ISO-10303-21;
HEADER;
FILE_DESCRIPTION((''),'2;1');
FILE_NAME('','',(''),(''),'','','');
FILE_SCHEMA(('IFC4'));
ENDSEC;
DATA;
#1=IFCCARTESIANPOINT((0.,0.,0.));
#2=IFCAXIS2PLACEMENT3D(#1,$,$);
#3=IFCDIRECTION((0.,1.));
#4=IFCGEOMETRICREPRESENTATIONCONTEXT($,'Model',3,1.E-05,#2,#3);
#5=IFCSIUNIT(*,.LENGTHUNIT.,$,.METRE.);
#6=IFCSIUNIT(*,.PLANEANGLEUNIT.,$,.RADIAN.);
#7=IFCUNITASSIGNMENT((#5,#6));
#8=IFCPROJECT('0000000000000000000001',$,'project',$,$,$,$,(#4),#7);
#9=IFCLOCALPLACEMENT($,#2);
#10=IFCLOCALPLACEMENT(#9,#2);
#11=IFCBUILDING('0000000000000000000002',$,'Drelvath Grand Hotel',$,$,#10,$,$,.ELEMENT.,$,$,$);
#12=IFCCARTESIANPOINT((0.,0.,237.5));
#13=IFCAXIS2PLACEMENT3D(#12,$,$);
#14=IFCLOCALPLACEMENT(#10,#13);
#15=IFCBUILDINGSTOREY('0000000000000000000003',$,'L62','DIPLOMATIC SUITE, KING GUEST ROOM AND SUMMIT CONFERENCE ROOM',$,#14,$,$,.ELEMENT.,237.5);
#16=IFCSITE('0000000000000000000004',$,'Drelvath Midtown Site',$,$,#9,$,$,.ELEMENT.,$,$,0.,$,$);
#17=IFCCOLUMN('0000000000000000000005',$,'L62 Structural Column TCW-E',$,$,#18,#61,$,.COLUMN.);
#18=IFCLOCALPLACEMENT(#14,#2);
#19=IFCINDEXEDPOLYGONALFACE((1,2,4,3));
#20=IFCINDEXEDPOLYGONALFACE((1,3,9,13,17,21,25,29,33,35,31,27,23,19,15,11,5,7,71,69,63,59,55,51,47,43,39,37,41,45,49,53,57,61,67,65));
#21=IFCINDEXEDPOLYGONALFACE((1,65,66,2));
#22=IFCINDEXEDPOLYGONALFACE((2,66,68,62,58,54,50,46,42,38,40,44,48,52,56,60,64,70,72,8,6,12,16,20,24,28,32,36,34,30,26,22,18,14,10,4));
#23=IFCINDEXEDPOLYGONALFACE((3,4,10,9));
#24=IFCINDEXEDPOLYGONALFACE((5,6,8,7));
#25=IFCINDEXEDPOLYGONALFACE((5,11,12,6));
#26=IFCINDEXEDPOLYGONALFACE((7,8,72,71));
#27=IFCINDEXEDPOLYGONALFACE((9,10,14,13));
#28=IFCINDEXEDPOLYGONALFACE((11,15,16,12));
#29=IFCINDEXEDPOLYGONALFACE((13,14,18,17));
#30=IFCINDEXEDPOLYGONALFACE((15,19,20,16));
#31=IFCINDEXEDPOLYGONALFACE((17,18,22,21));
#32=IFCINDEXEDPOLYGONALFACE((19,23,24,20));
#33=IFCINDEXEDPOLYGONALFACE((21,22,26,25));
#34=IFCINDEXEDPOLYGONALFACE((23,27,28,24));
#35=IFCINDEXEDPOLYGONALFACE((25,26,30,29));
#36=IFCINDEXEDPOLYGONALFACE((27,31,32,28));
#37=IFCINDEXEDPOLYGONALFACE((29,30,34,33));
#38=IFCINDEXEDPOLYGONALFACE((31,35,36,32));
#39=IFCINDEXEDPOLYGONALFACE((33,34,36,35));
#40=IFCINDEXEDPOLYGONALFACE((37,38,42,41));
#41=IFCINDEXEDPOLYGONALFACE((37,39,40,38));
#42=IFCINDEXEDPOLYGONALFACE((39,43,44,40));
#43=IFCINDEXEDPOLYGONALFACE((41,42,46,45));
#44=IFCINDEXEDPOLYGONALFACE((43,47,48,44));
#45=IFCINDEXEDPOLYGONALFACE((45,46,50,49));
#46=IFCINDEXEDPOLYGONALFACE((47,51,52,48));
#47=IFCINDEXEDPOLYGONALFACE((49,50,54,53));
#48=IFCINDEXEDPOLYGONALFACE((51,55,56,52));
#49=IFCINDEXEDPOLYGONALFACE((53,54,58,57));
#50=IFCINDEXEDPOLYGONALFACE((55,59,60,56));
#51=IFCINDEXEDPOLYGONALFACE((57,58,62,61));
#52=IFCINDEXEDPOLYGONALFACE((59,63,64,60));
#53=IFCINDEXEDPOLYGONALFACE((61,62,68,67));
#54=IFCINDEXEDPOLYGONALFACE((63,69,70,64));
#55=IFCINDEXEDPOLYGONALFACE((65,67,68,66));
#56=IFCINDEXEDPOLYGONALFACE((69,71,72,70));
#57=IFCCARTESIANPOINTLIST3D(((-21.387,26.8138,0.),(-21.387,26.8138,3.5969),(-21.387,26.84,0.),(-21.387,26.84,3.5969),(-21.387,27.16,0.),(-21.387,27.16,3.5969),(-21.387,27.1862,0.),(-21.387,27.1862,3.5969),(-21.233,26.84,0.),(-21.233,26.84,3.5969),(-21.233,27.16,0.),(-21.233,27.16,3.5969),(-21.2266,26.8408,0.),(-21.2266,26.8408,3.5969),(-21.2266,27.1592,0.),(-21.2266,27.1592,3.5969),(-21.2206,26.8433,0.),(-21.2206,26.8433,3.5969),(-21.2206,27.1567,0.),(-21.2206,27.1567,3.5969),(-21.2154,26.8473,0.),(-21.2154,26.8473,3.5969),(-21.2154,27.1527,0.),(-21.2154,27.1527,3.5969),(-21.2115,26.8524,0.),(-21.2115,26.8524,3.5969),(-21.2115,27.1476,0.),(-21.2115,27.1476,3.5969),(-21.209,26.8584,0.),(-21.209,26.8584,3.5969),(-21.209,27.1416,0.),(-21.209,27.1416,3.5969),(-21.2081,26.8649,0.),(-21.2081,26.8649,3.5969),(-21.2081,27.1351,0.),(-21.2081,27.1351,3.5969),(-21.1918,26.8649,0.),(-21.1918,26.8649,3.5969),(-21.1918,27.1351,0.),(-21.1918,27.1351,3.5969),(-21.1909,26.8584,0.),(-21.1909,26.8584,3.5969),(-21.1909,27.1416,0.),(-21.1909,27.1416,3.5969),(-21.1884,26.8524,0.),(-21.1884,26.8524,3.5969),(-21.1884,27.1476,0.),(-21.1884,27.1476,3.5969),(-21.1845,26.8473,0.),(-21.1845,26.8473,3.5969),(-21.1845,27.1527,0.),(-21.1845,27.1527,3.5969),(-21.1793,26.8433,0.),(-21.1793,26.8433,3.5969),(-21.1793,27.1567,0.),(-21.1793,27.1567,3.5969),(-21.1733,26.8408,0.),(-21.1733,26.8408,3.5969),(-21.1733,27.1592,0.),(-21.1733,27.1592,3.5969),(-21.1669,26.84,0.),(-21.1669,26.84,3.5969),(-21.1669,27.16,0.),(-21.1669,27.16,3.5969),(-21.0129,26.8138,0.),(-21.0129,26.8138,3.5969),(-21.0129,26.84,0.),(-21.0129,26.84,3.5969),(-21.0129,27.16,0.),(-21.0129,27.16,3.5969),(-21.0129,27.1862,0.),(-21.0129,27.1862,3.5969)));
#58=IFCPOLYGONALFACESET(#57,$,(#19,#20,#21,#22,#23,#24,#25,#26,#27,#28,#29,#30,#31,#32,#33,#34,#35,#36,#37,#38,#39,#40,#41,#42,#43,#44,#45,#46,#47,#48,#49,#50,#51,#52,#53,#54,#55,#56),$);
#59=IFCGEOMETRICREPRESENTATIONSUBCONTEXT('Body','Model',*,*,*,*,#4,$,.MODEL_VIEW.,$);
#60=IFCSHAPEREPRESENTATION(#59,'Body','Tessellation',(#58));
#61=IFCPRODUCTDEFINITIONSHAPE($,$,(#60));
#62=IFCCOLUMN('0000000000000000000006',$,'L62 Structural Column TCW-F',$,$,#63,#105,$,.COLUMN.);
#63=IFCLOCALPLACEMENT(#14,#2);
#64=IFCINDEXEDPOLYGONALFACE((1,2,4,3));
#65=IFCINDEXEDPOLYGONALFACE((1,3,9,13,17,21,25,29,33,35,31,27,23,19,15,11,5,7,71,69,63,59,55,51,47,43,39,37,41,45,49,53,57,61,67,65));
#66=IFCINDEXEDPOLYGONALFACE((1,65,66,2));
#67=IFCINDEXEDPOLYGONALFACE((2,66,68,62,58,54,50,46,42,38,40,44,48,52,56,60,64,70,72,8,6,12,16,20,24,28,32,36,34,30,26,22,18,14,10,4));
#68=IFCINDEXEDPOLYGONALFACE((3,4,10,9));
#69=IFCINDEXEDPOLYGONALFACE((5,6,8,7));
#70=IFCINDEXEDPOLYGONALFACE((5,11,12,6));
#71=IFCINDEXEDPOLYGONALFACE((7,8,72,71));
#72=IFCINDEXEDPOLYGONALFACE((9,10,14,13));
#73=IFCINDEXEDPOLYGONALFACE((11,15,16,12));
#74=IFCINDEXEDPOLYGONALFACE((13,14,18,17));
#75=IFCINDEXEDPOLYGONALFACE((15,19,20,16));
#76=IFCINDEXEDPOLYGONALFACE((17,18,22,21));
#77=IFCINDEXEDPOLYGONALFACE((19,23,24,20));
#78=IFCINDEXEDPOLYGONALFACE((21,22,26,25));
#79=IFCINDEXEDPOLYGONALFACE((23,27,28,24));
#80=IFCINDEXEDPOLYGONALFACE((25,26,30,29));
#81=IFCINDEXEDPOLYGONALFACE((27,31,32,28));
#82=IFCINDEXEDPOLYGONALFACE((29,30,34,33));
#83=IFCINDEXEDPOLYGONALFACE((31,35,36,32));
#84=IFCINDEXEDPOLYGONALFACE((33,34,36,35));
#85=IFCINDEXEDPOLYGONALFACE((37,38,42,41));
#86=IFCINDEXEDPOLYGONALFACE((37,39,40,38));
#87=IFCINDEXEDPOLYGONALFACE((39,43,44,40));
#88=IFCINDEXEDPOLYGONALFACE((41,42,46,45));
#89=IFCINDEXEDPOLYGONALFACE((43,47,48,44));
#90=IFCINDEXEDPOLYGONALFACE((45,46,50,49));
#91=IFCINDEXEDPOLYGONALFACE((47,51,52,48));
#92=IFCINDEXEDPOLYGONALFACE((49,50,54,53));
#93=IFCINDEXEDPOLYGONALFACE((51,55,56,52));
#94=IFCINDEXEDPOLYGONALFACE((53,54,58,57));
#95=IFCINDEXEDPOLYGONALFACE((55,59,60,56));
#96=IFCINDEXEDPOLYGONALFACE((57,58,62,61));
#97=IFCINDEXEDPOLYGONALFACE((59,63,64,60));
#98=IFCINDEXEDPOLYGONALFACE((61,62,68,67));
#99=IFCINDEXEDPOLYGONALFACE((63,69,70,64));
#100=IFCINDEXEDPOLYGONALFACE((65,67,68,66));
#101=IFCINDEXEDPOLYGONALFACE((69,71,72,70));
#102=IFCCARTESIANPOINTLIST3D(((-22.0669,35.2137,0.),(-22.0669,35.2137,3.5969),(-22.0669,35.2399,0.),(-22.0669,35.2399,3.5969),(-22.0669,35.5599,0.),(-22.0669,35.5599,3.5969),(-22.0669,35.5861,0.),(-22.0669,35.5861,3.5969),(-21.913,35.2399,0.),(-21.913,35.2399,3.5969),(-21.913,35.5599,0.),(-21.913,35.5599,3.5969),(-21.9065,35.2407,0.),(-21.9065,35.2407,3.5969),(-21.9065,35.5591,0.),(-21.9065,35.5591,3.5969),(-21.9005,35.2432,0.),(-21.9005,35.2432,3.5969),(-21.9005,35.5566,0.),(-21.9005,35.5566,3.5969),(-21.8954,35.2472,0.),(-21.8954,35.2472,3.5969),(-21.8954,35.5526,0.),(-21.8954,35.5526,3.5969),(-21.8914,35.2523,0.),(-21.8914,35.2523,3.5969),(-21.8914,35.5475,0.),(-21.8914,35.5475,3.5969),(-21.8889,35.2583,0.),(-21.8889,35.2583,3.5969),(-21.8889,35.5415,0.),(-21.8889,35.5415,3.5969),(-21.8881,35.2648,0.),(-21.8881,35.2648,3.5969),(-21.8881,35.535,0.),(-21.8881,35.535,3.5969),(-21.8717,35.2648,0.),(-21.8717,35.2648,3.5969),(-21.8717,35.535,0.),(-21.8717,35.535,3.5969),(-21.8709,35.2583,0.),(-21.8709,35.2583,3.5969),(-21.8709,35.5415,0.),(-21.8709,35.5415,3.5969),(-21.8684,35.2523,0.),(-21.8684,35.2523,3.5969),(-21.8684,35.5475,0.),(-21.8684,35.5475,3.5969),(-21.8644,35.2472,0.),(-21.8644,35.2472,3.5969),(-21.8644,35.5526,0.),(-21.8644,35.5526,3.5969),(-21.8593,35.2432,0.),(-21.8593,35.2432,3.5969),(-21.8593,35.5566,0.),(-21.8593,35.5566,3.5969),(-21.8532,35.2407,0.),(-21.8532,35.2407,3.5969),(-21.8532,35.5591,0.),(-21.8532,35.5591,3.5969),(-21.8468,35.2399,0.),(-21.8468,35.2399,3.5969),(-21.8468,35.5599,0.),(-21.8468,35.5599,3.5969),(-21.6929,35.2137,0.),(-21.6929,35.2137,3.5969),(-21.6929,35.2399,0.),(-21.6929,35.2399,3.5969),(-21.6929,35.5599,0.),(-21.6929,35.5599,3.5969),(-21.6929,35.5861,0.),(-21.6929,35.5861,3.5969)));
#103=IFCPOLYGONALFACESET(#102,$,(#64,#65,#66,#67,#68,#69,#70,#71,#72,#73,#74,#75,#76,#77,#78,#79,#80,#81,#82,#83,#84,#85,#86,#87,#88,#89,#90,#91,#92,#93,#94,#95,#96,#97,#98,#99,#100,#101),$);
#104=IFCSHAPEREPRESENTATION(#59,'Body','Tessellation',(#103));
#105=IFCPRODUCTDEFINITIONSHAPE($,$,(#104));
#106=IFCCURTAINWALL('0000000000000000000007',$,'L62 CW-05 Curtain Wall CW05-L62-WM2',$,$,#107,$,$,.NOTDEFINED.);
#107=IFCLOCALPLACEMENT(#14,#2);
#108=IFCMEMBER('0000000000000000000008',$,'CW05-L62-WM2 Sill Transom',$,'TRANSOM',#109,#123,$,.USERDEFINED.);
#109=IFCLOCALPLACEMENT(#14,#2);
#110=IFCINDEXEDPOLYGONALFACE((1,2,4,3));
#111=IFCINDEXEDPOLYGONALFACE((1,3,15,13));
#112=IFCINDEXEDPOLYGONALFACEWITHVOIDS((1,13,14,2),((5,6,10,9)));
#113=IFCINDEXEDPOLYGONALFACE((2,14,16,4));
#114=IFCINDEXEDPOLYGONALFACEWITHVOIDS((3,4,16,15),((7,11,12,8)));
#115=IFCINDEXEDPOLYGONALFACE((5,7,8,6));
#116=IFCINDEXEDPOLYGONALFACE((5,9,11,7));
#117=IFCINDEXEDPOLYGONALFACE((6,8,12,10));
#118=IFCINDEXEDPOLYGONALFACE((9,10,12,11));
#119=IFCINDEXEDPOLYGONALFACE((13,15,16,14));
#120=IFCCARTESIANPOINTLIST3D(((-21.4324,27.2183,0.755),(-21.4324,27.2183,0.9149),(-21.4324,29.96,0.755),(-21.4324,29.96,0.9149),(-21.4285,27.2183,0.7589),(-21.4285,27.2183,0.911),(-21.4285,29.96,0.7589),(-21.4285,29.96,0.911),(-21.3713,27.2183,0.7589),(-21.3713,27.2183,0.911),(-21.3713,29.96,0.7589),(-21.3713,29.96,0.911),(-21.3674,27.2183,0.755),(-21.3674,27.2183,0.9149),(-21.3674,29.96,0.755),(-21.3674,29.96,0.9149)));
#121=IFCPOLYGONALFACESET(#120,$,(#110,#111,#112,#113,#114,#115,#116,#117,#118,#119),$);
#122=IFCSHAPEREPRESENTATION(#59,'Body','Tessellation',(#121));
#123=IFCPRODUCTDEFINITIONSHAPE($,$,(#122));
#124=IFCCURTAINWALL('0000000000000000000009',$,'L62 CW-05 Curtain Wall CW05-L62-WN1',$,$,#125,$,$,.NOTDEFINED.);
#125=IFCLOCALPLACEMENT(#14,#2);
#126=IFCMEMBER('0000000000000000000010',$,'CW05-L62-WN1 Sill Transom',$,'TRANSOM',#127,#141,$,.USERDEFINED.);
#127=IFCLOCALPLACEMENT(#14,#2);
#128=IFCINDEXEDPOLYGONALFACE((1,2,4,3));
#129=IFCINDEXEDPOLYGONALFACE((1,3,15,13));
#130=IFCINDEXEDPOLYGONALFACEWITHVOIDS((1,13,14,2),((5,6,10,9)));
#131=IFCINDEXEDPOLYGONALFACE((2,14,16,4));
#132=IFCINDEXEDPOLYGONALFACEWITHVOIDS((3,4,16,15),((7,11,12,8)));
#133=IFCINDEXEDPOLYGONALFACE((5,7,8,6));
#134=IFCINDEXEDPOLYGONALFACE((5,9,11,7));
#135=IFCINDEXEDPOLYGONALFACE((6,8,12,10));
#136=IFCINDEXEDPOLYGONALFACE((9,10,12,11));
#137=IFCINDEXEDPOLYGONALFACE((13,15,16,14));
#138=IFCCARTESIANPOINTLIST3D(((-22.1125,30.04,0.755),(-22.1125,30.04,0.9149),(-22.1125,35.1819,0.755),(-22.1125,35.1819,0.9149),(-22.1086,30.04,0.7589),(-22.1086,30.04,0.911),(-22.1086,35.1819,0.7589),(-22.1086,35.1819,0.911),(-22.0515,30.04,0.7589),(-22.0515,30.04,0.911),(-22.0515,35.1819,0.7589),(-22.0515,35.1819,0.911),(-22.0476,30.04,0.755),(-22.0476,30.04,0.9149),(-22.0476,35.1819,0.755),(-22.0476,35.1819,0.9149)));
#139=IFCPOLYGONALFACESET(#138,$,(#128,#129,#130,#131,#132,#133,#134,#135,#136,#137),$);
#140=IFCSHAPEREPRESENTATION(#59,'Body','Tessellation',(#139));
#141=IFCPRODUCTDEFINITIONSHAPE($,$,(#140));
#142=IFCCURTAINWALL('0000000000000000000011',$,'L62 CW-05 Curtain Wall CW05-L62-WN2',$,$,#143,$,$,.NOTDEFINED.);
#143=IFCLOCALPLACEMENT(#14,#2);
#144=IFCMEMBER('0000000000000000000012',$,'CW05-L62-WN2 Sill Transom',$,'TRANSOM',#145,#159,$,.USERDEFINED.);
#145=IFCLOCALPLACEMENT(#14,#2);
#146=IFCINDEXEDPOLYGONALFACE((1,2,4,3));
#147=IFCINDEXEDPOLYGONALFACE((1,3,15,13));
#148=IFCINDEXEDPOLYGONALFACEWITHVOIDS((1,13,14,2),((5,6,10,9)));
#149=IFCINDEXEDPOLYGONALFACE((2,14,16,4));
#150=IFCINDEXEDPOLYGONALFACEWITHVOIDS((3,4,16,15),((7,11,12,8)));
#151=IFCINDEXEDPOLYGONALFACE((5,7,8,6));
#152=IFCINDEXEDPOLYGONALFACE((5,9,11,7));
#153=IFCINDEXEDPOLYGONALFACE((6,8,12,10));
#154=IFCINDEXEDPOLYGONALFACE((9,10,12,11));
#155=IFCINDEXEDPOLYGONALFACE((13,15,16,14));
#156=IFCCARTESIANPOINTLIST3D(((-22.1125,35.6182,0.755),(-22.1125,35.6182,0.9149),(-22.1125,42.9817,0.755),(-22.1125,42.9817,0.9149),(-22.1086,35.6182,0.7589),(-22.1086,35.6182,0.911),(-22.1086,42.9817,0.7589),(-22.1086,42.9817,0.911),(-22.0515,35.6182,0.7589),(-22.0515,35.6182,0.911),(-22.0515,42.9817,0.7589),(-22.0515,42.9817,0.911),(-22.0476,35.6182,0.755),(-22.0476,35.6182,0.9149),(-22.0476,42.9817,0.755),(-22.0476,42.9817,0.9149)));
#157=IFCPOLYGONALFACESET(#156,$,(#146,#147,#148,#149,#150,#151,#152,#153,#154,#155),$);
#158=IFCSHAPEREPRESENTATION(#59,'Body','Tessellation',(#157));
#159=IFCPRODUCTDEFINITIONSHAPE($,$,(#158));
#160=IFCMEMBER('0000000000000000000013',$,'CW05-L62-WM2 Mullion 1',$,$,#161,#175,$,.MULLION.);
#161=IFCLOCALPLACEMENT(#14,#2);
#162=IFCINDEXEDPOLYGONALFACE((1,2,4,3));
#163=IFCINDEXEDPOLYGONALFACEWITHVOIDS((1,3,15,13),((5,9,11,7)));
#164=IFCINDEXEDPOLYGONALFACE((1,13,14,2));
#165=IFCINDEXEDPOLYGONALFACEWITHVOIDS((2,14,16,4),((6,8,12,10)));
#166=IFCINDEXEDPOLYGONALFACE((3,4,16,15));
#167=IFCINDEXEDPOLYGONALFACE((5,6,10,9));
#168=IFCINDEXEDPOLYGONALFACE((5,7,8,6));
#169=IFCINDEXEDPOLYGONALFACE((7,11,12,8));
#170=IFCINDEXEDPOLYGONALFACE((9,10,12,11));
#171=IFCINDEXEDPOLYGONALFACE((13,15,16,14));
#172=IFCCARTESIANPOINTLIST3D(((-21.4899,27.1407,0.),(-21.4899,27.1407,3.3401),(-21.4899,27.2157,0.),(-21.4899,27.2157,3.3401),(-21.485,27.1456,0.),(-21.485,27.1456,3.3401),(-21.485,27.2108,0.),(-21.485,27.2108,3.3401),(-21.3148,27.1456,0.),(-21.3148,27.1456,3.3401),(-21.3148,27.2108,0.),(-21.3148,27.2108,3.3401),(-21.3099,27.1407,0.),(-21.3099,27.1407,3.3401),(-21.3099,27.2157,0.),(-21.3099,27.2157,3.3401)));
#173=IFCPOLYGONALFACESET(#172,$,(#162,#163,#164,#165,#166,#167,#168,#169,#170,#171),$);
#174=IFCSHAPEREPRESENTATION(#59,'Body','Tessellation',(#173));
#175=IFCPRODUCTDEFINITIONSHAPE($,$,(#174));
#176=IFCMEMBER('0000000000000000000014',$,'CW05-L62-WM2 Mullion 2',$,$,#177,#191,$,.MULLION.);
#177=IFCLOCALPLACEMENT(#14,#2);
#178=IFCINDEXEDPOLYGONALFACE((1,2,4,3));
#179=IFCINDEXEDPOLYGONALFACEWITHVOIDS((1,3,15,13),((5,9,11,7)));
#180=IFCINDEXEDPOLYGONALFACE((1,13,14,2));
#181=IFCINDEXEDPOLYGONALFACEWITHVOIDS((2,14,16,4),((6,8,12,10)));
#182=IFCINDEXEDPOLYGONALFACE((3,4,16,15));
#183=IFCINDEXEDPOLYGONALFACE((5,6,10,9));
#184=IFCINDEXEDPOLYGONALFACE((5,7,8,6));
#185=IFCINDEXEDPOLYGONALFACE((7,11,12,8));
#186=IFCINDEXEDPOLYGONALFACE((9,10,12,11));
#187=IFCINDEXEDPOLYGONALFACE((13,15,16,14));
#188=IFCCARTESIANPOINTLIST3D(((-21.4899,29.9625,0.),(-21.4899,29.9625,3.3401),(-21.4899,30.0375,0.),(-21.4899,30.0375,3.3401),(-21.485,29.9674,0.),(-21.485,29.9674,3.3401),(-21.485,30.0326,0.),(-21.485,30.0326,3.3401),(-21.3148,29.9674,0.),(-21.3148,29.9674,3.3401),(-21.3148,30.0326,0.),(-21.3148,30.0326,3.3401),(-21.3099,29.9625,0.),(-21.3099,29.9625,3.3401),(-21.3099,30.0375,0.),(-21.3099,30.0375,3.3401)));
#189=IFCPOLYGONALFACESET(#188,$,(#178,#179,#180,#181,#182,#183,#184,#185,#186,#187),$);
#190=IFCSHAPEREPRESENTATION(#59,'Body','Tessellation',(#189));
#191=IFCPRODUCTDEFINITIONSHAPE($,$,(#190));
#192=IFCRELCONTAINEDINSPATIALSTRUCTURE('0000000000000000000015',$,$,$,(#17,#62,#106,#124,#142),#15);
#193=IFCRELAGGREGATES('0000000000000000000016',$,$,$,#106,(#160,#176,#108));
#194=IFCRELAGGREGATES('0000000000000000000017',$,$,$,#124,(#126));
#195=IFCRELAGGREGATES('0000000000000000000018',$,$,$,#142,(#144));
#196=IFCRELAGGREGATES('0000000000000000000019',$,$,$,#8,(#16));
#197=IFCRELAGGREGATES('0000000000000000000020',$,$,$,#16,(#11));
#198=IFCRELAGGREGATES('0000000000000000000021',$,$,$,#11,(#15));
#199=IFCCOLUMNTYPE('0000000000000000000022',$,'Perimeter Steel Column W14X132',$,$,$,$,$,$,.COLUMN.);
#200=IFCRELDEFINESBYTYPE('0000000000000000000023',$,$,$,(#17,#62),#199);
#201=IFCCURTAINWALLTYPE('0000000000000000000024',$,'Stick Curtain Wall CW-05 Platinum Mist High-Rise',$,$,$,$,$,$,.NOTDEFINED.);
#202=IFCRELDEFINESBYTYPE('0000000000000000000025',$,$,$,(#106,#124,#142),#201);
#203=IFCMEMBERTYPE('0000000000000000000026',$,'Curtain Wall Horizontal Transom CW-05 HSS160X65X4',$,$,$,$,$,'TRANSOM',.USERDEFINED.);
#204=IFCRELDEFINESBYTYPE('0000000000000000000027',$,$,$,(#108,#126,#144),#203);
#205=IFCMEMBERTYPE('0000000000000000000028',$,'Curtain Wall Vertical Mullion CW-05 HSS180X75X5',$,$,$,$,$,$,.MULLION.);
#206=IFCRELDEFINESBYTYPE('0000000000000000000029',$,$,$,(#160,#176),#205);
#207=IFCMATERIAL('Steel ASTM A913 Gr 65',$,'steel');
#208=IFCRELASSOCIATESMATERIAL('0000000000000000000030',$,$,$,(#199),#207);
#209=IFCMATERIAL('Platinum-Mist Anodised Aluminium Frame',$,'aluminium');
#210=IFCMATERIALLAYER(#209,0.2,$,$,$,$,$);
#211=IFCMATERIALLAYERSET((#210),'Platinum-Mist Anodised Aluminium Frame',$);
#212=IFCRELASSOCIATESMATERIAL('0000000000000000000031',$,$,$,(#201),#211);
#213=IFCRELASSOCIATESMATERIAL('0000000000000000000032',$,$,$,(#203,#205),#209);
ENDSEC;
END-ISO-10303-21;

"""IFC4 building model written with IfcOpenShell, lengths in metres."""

from ifc_helpers import new_model, si_unit, direction, frame, origin, origin_2d, place, context, subcontext, project, spatial, hollow_rectangle, i_section, extrude, material, layer, layer_set, material_profile, profile_set, type_object, element, aggregate, save


model = new_model("IFC4")

# Units and contexts
model_context = context("Model", 3, precision=1e-05, world=origin(), true_north=direction((0.0, 1.0)))
body_context = subcontext(model_context, "Body", "Model", "MODEL_VIEW")
ifc_project = project(units=[si_unit("LENGTHUNIT", "METRE"), si_unit("PLANEANGLEUNIT", "RADIAN")], contexts=[model_context])

# Site, building, storey
site_placement = place(None, origin())
site = spatial("IfcSite", under=ifc_project, at=site_placement, Name="Drelvath Midtown Site", CompositionType="ELEMENT", RefElevation=0.0)
building_placement = place(site_placement, origin())
building = spatial("IfcBuilding", under=site, at=building_placement, Name="Drelvath Grand Hotel", CompositionType="ELEMENT")
storey_placement = place(building_placement, frame((0.0, 0.0, 237.5)))
storey = spatial("IfcBuildingStorey", under=building, at=storey_placement, Name="L62", Description="DIPLOMATIC SUITE, KING GUEST ROOM AND SUMMIT CONFERENCE ROOM", CompositionType="ELEMENT", Elevation=237.5)

# Columns
ifc_material_1 = material(Name="Steel ASTM A913 Gr 65", Category="steel")
ifc_material_profile_1 = material_profile(ifc_material_1, i_section(OverallWidth=0.374, OverallDepth=0.3723, WebThickness=0.0164, FlangeThickness=0.0261, FilletRadius=0.0249, at=origin_2d()), Name="W14X132")
ifc_profile_set_1 = profile_set([ifc_material_profile_1], Name="Steel ASTM A913 Gr 65")
column_type = type_object("IfcColumnType", Name="Perimeter Steel Column W14X132", PredefinedType="COLUMN", material=ifc_profile_set_1)
for number, where, z_axis, x_axis, name in (
    (1, (-21.2, 27.0, 0.0), (0.0, 0.0, 1.0), (1.0, 0.0, 0.0), "L62 Structural Column TCW-E"),
    (2, (-21.8799, 35.3999, 0.0), (0.0, 0.0, 1.0), (1.0, 0.0, 0.0), "L62 Structural Column TCW-F"),
):
    element("IfcColumn", number, at=place(storey_placement, frame(where, z_axis=z_axis, x_axis=x_axis)), inside=storey, type_object=column_type, Name=name, PredefinedType="COLUMN", context=body_context, shape_type="SweptSolid", body=[
        extrude(i_section(OverallWidth=0.374, OverallDepth=0.3723, WebThickness=0.0164, FlangeThickness=0.0261, FilletRadius=0.0249, at=origin_2d()), origin(), (0.0, 0.0, 1.0), 3.5969),
    ])

# Curtain walls, members
ifc_material_2 = material(Name="Platinum-Mist Anodised Aluminium Frame", Category="aluminium")
ifc_layer_1 = layer(ifc_material_2, 0.2)
ifc_layer_set_1 = layer_set([ifc_layer_1], Name="Platinum-Mist Anodised Aluminium Frame")
curtain_wall_type = type_object("IfcCurtainWallType", Name="Stick Curtain Wall CW-05 Platinum Mist High-Rise", PredefinedType="NOTDEFINED", material=ifc_layer_set_1)
curtain_wall_1_placement = place(storey_placement, origin())
curtain_wall_1 = element("IfcCurtainWall", 3, at=curtain_wall_1_placement, inside=storey, type_object=curtain_wall_type, Name="L62 CW-05 Curtain Wall CW05-L62-WM2", PredefinedType="NOTDEFINED")
ifc_material_profile_2 = material_profile(ifc_material_2, hollow_rectangle(XDim=0.0649, YDim=0.1599, WallThickness=0.0039, at=origin_2d()), Name="HSS160X65X4")
ifc_profile_set_2 = profile_set([ifc_material_profile_2], Name="Platinum-Mist Anodised Aluminium Frame")
member_type_1 = type_object("IfcMemberType", Name="Curtain Wall Horizontal Transom CW-05 HSS160X65X4", ElementType="TRANSOM", PredefinedType="USERDEFINED", material=ifc_profile_set_2)
member_1_placement = place(storey_placement, frame((-21.3999, 27.2183, 0.835), z_axis=(0.0, 1.0, 0.0), x_axis=(-1.0, 0.0, 0.0)))
member_1 = element("IfcMember", 4, at=member_1_placement, type_object=member_type_1, Name="CW05-L62-WM2 Sill Transom", ObjectType="TRANSOM", PredefinedType="USERDEFINED", context=body_context, shape_type="SweptSolid", body=[
    extrude(hollow_rectangle(XDim=0.0649, YDim=0.1599, WallThickness=0.0039, at=origin_2d()), origin(), (0.0, 0.0, 1.0), 2.7417),
])
curtain_wall_2_placement = place(storey_placement, origin())
curtain_wall_2 = element("IfcCurtainWall", 5, at=curtain_wall_2_placement, inside=storey, type_object=curtain_wall_type, Name="L62 CW-05 Curtain Wall CW05-L62-WN1", PredefinedType="NOTDEFINED")
member_2_placement = place(storey_placement, frame((-22.0801, 30.04, 0.835), z_axis=(0.0, 1.0, 0.0), x_axis=(-1.0, 0.0, 0.0)))
member_2 = element("IfcMember", 6, at=member_2_placement, type_object=member_type_1, Name="CW05-L62-WN1 Sill Transom", ObjectType="TRANSOM", PredefinedType="USERDEFINED", context=body_context, shape_type="SweptSolid", body=[
    extrude(hollow_rectangle(XDim=0.0649, YDim=0.1599, WallThickness=0.0039, at=origin_2d()), origin(), (0.0, 0.0, 1.0), 5.1418),
])
curtain_wall_3_placement = place(storey_placement, origin())
curtain_wall_3 = element("IfcCurtainWall", 7, at=curtain_wall_3_placement, inside=storey, type_object=curtain_wall_type, Name="L62 CW-05 Curtain Wall CW05-L62-WN2", PredefinedType="NOTDEFINED")
member_3_placement = place(storey_placement, frame((-22.0801, 35.6182, 0.835), z_axis=(0.0, 1.0, 0.0), x_axis=(-1.0, 0.0, 0.0)))
member_3 = element("IfcMember", 8, at=member_3_placement, type_object=member_type_1, Name="CW05-L62-WN2 Sill Transom", ObjectType="TRANSOM", PredefinedType="USERDEFINED", context=body_context, shape_type="SweptSolid", body=[
    extrude(hollow_rectangle(XDim=0.0649, YDim=0.1599, WallThickness=0.0039, at=origin_2d()), origin(), (0.0, 0.0, 1.0), 7.3635),
])

# Members
ifc_material_profile_3 = material_profile(ifc_material_2, hollow_rectangle(XDim=0.075, YDim=0.1799, WallThickness=0.0049, at=origin_2d()), Name="HSS180X75X5")
ifc_profile_set_3 = profile_set([ifc_material_profile_3], Name="Platinum-Mist Anodised Aluminium Frame")
member_type_2 = type_object("IfcMemberType", Name="Curtain Wall Vertical Mullion CW-05 HSS180X75X5", PredefinedType="MULLION", material=ifc_profile_set_3)
member_4_placement = place(storey_placement, frame((-21.3999, 27.1782, 0.0), z_axis=(0.0, 0.0, 1.0), x_axis=(0.0, 1.0, 0.0)))
member_4 = element("IfcMember", 9, at=member_4_placement, type_object=member_type_2, Name="CW05-L62-WM2 Mullion 1", PredefinedType="MULLION", context=body_context, shape_type="SweptSolid", body=[
    extrude(hollow_rectangle(XDim=0.075, YDim=0.1799, WallThickness=0.0049, at=origin_2d()), origin(), (0.0, 0.0, 1.0), 3.3401),
])
member_5_placement = place(storey_placement, frame((-21.3999, 30.0, 0.0), z_axis=(0.0, 0.0, 1.0), x_axis=(0.0, 1.0, 0.0)))
member_5 = element("IfcMember", 10, at=member_5_placement, type_object=member_type_2, Name="CW05-L62-WM2 Mullion 2", PredefinedType="MULLION", context=body_context, shape_type="SweptSolid", body=[
    extrude(hollow_rectangle(XDim=0.075, YDim=0.1799, WallThickness=0.0049, at=origin_2d()), origin(), (0.0, 0.0, 1.0), 3.3401),
])

aggregate(curtain_wall_1, [member_4, member_5, member_1])
aggregate(curtain_wall_2, [member_2])
aggregate(curtain_wall_3, [member_3])

save(model, "model.ifc")
